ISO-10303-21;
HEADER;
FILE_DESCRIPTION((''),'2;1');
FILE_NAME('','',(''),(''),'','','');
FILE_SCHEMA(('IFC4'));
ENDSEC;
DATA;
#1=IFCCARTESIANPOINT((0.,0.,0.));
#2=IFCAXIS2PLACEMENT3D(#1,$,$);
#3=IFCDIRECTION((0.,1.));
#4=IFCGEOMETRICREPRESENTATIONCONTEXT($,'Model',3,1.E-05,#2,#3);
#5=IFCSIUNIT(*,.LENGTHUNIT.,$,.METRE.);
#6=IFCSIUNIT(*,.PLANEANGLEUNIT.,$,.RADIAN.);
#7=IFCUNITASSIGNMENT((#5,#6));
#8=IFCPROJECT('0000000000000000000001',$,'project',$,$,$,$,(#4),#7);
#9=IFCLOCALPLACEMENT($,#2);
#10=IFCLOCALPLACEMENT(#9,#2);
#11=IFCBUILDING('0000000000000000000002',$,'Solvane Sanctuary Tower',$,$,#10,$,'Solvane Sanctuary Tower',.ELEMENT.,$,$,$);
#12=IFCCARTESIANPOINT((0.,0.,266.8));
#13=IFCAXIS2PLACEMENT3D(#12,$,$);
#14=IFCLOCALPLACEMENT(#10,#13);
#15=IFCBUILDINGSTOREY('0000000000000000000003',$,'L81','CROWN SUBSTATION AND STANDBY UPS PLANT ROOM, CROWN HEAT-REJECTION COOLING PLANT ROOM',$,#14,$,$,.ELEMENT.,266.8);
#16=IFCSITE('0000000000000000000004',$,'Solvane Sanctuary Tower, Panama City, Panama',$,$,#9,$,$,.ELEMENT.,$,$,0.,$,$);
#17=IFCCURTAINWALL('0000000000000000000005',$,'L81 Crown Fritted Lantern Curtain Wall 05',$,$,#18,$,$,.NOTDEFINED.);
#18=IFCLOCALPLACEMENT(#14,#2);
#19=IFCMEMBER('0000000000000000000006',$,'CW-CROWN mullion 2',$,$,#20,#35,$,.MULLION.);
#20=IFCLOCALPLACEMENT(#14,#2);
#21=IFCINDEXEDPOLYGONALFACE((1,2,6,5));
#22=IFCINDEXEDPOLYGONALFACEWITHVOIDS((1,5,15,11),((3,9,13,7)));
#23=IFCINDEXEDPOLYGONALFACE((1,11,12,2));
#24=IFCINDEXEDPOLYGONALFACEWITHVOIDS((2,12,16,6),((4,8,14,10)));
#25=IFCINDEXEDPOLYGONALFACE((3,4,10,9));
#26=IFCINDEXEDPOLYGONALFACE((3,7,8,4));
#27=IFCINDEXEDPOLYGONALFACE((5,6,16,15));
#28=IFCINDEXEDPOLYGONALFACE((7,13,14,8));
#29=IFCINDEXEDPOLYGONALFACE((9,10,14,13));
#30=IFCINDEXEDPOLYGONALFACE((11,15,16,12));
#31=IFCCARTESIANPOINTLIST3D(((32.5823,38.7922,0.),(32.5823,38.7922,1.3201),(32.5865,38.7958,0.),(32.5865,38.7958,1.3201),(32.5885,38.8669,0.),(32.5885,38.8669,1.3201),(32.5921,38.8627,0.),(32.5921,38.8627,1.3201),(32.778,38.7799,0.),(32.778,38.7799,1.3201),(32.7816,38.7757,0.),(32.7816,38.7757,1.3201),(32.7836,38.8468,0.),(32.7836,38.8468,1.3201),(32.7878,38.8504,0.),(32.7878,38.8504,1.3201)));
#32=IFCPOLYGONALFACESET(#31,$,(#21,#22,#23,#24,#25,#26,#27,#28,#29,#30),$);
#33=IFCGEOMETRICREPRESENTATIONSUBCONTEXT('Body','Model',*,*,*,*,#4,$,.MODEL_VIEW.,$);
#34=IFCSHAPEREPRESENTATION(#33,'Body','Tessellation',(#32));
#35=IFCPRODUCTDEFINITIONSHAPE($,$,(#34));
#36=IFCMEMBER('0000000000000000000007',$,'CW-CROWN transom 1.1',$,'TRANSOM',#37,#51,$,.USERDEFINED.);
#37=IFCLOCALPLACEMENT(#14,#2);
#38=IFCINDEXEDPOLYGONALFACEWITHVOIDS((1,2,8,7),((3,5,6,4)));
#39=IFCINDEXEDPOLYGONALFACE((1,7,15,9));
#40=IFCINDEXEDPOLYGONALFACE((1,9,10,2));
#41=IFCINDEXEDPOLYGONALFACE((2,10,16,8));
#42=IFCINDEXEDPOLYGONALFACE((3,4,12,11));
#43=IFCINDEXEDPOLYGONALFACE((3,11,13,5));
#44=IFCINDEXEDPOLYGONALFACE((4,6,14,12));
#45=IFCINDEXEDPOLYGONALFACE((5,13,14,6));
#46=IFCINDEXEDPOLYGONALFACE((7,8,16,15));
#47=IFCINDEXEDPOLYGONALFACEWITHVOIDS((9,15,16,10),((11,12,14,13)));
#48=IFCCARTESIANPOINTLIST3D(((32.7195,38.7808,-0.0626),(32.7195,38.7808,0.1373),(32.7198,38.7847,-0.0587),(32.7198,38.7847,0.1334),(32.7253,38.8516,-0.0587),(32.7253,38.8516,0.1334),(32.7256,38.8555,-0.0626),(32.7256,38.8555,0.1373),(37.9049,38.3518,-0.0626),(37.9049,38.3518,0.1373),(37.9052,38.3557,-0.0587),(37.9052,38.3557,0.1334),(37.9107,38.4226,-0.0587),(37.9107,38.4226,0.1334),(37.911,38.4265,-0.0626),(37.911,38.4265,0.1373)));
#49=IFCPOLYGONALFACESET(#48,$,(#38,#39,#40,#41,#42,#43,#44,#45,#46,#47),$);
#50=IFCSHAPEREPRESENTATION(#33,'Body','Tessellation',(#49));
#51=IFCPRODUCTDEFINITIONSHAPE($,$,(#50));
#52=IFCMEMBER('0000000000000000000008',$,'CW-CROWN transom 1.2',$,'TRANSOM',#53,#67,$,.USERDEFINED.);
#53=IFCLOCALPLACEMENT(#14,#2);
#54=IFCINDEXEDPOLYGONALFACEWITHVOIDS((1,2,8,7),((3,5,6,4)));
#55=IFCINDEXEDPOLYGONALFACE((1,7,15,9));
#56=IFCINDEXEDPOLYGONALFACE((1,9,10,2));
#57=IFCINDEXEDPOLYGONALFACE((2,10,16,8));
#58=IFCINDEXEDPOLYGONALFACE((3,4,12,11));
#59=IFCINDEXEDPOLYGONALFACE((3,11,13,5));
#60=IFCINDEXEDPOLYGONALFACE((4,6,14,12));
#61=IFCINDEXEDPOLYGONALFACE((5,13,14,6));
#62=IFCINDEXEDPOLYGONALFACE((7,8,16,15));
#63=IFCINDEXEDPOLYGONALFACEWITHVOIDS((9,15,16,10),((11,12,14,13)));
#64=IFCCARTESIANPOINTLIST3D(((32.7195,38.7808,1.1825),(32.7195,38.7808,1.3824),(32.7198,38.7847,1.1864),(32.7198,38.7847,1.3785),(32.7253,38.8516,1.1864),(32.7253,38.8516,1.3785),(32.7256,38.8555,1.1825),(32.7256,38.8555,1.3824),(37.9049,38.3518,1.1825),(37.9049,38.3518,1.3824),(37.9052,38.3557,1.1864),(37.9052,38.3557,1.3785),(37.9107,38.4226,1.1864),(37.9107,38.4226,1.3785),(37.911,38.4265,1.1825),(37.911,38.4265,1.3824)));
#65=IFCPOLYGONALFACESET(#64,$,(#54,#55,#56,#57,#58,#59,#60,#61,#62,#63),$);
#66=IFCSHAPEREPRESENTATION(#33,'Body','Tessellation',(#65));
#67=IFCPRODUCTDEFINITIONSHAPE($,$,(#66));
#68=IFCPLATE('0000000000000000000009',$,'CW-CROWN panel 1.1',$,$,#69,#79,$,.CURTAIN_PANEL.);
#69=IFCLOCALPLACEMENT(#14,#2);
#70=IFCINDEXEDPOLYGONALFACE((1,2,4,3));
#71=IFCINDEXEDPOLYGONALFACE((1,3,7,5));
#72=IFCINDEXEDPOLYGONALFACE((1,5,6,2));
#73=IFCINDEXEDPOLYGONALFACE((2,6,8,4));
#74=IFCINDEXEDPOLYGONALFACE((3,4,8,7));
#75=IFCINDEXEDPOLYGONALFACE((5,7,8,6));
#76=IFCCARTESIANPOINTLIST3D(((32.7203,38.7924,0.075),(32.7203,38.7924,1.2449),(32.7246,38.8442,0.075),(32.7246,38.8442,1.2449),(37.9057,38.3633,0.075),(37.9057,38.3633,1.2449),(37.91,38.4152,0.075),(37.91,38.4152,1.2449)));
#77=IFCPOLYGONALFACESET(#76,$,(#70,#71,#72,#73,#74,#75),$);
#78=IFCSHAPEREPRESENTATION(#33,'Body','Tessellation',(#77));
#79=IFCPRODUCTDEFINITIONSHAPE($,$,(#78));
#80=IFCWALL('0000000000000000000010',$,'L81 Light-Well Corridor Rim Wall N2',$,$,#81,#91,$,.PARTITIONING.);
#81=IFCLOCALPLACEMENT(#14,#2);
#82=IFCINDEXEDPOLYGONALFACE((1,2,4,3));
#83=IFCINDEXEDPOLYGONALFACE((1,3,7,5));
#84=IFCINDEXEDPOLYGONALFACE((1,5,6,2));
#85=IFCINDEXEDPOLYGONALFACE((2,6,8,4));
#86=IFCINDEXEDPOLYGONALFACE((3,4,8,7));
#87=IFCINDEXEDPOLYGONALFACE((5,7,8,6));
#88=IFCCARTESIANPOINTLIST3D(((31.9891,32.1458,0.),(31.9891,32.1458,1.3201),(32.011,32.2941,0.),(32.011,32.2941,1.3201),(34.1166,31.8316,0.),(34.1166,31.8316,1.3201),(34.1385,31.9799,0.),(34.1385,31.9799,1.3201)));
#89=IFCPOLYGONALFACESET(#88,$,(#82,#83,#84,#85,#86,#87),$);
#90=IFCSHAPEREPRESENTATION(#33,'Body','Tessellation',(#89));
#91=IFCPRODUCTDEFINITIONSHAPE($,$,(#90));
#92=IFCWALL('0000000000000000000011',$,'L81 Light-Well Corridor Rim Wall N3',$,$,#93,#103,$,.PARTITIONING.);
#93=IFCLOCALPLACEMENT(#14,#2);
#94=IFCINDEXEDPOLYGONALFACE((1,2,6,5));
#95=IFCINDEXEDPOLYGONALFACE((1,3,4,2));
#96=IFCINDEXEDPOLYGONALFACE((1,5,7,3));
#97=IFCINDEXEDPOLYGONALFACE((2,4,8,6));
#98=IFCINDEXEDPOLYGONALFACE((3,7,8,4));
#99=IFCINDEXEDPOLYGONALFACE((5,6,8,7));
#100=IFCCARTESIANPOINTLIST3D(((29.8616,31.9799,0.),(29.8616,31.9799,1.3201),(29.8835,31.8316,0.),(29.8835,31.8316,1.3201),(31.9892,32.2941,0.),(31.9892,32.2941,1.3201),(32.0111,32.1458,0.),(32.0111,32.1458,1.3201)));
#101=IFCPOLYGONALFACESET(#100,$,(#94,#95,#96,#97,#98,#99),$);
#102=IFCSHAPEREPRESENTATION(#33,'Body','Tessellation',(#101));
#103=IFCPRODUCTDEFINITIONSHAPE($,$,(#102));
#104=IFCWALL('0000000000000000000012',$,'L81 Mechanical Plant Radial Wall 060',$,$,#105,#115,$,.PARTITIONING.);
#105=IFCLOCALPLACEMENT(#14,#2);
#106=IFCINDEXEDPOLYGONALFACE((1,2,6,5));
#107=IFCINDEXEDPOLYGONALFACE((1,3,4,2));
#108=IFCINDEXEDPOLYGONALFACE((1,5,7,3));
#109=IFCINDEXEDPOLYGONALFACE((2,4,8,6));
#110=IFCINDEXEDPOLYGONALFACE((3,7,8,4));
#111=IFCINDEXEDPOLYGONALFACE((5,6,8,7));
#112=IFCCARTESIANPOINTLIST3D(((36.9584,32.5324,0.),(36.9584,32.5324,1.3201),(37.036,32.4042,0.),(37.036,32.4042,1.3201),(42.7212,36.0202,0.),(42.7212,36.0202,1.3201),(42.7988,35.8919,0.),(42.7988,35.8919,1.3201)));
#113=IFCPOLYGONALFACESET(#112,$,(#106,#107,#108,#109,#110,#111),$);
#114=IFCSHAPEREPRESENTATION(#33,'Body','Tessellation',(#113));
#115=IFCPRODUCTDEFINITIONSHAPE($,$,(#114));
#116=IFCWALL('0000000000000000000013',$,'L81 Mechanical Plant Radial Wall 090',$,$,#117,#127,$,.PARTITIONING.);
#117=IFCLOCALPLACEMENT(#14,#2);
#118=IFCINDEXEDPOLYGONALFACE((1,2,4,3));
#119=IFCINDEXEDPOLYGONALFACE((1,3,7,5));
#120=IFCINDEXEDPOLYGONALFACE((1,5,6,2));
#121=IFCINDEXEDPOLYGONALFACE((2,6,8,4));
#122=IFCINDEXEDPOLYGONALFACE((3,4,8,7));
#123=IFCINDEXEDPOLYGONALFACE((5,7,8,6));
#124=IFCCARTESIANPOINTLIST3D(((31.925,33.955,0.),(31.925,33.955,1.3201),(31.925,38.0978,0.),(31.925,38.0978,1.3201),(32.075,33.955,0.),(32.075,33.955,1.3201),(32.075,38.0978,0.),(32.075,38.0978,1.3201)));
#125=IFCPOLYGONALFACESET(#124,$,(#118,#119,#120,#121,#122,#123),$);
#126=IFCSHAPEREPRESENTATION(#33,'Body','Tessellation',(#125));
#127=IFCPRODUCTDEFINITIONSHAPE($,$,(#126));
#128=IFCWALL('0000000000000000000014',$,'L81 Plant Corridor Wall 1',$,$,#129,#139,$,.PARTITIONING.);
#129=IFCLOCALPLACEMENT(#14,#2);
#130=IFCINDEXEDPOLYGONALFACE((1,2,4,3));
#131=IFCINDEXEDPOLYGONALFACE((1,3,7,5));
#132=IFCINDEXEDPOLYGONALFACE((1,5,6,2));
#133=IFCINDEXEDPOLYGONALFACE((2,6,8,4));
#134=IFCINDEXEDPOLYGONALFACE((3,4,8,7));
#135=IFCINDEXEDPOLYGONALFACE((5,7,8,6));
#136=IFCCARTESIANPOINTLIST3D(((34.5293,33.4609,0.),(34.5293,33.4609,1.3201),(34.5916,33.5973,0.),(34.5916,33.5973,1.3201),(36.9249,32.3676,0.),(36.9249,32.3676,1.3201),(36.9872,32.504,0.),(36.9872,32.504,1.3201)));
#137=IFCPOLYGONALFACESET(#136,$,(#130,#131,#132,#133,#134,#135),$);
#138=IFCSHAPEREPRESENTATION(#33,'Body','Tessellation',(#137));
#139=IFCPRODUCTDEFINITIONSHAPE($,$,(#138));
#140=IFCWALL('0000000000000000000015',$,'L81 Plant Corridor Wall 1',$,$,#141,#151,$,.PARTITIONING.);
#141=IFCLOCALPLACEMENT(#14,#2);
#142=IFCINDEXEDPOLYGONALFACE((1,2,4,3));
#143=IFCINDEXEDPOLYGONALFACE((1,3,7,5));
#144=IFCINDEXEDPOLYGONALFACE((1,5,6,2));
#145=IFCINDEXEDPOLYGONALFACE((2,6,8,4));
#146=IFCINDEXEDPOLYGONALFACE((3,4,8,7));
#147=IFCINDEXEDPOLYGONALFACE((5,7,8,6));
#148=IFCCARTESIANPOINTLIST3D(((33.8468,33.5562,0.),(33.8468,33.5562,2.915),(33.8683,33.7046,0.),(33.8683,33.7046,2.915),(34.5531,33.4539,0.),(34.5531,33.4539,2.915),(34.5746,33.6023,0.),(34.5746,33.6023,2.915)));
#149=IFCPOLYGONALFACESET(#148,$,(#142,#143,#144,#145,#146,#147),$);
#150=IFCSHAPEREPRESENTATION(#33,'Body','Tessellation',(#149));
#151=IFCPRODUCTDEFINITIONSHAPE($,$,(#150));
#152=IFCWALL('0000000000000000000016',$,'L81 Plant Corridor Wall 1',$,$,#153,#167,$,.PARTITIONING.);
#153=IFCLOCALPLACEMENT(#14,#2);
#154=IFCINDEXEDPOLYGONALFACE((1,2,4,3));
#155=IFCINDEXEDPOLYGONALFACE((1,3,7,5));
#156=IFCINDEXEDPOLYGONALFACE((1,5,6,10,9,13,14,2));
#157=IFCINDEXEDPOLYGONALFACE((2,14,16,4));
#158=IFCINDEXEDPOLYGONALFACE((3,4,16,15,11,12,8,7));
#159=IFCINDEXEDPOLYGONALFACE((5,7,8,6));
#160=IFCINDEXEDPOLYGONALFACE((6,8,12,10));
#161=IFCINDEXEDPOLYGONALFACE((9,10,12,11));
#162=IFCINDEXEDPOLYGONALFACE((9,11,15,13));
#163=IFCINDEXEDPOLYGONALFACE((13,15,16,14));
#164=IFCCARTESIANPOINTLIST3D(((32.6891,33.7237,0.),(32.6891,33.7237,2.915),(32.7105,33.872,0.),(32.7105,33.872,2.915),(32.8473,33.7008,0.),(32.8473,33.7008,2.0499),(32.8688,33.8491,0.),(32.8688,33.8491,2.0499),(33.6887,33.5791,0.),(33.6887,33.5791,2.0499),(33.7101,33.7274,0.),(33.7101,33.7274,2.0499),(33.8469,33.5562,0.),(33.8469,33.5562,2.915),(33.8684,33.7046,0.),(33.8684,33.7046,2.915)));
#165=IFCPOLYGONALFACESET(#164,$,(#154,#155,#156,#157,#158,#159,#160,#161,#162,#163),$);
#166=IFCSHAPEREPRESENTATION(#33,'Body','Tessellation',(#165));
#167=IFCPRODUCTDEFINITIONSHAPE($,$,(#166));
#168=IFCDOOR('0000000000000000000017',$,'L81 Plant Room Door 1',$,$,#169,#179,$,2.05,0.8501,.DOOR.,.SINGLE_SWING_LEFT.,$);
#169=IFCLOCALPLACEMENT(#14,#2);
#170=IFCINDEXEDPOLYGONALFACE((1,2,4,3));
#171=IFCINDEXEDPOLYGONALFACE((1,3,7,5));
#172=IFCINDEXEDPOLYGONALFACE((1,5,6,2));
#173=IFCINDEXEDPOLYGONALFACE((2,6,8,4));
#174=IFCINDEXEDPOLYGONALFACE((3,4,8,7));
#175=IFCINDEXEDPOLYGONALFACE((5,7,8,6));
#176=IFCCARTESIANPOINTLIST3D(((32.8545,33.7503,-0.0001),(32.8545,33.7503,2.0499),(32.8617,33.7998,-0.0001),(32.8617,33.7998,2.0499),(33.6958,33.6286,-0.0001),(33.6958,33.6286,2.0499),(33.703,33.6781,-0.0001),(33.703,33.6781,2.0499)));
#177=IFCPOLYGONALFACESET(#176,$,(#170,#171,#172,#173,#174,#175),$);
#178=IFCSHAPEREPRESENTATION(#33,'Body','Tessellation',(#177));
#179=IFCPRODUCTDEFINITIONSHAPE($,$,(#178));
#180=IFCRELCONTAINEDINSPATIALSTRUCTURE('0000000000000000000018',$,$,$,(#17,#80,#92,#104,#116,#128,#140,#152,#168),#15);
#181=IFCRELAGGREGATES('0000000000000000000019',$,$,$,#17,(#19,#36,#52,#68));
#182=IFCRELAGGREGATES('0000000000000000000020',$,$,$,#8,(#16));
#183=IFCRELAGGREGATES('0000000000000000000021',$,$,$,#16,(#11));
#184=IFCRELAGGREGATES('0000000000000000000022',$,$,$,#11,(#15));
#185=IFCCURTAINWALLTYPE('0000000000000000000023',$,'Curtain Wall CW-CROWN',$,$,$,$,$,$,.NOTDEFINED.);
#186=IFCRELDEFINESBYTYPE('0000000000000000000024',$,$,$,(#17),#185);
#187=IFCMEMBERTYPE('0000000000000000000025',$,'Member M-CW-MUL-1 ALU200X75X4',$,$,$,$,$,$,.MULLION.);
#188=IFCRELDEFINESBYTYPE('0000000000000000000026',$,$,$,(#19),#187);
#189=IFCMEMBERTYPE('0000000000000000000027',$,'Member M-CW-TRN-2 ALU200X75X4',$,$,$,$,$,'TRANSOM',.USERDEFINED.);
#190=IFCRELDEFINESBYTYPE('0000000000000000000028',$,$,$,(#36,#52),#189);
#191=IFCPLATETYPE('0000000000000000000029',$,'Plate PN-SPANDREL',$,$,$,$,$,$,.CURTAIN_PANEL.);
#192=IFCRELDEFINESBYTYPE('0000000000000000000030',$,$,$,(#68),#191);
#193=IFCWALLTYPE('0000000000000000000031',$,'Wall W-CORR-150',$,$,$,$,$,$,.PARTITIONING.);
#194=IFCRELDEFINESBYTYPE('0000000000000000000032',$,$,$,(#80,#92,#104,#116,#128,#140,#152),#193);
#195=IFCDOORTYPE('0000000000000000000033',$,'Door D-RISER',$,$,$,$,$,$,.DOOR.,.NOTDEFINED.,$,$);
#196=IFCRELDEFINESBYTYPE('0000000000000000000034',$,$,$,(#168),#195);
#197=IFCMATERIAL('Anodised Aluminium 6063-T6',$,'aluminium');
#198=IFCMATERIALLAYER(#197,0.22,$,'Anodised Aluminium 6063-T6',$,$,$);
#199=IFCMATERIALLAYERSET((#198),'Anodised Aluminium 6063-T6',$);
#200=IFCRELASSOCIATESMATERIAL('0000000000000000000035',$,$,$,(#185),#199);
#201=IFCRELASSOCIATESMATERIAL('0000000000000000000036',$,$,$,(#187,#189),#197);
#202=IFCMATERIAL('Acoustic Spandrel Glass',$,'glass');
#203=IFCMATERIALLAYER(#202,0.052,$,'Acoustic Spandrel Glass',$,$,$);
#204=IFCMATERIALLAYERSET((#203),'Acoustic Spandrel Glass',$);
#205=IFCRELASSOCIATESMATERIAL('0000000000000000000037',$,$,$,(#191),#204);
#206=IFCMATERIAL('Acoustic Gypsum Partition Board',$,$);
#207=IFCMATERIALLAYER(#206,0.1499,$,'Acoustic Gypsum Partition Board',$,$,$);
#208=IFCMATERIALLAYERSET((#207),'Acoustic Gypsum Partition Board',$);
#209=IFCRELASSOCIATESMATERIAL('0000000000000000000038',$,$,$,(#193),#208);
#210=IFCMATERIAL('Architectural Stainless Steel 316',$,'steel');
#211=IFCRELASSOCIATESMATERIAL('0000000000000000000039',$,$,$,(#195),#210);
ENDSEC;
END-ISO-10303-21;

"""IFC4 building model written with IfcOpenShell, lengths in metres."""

from ifc_helpers import new_model, si_unit, direction, frame, frame_2d, origin, origin_2d, place, context, subcontext, project, spatial, rectangle, hollow_rectangle, extrude, material, layer, layer_set, material_profile, profile_set, type_object, element, fill, aggregate, save


model = new_model("IFC4")

# Units and contexts
model_context = context("Model", 3, precision=1e-05, world=origin(), true_north=direction((0.0, 1.0)))
body_context = subcontext(model_context, "Body", "Model", "MODEL_VIEW")
ifc_project = project(units=[si_unit("LENGTHUNIT", "METRE"), si_unit("PLANEANGLEUNIT", "RADIAN")], contexts=[model_context])

# Site, building, storey
site_placement = place(None, origin())
site = spatial("IfcSite", under=ifc_project, at=site_placement, Name="Solvane Sanctuary Tower, Panama City, Panama", CompositionType="ELEMENT", RefElevation=0.0)
building_placement = place(site_placement, origin())
building = spatial("IfcBuilding", under=site, at=building_placement, Name="Solvane Sanctuary Tower", LongName="Solvane Sanctuary Tower", CompositionType="ELEMENT")
storey_placement = place(building_placement, frame((0.0, 0.0, 266.8)))
storey = spatial("IfcBuildingStorey", under=building, at=storey_placement, Name="L81", Description="CROWN SUBSTATION AND STANDBY UPS PLANT ROOM, CROWN HEAT-REJECTION COOLING PLANT ROOM", CompositionType="ELEMENT", Elevation=266.8)

# Curtain wall, members, plate
ifc_material_1 = material(Name="Anodised Aluminium 6063-T6", Category="aluminium")
ifc_layer_1 = layer(ifc_material_1, 0.22, Name="Anodised Aluminium 6063-T6")
ifc_layer_set_1 = layer_set([ifc_layer_1], Name="Anodised Aluminium 6063-T6")
curtain_wall_type = type_object("IfcCurtainWallType", Name="Curtain Wall CW-CROWN", PredefinedType="NOTDEFINED", material=ifc_layer_set_1)
curtain_wall_placement = place(storey_placement, origin())
curtain_wall = element("IfcCurtainWall", 1, at=curtain_wall_placement, inside=storey, type_object=curtain_wall_type, Name="L81 Crown Fritted Lantern Curtain Wall 05", PredefinedType="NOTDEFINED")
ifc_material_profile_1 = material_profile(ifc_material_1, hollow_rectangle(XDim=0.075, YDim=0.2, WallThickness=0.0039, at=origin_2d()), Name="ALU200X75X4")
ifc_profile_set_1 = profile_set([ifc_material_profile_1], Name="Anodised Aluminium 6063-T6")
member_type_1 = type_object("IfcMemberType", Name="Member M-CW-MUL-1 ALU200X75X4", PredefinedType="MULLION", material=ifc_profile_set_1)
member_1_placement = place(storey_placement, frame((32.6851, 38.8213, 0.0), z_axis=(0.0, 0.0, 1.0), x_axis=(-0.082455, -0.996595, 0.0)))
member_1 = element("IfcMember", 2, at=member_1_placement, type_object=member_type_1, Name="CW-CROWN mullion 2", PredefinedType="MULLION", context=body_context, shape_type="SweptSolid", body=[
    extrude(hollow_rectangle(XDim=0.075, YDim=0.2, WallThickness=0.0039, at=origin_2d()), origin(), (0.0, 0.0, 1.0), 1.3201),
])
ifc_material_profile_2 = material_profile(ifc_material_1, hollow_rectangle(XDim=0.075, YDim=0.2, WallThickness=0.0039, at=origin_2d()), Name="ALU200X75X4")
ifc_profile_set_2 = profile_set([ifc_material_profile_2], Name="Anodised Aluminium 6063-T6")
member_type_2 = type_object("IfcMemberType", Name="Member M-CW-TRN-2 ALU200X75X4", ElementType="TRANSOM", PredefinedType="USERDEFINED", material=ifc_profile_set_2)
member_2_placement = place(storey_placement, frame((37.908, 38.3892, 0.0374), z_axis=(-0.996596, 0.082444, 0.0), x_axis=(-0.082444, -0.996596, 0.0)))
member_2 = element("IfcMember", 3, at=member_2_placement, type_object=member_type_2, Name="CW-CROWN transom 1.1", ObjectType="TRANSOM", PredefinedType="USERDEFINED", context=body_context, shape_type="SweptSolid", body=[
    extrude(hollow_rectangle(XDim=0.075, YDim=0.2, WallThickness=0.0039, at=origin_2d()), origin(), (0.0, 0.0, 1.0), 5.2031),
])
member_3_placement = place(storey_placement, frame((37.908, 38.3892, 1.2825), z_axis=(-0.996596, 0.082444, 0.0), x_axis=(-0.082444, -0.996596, 0.0)))
member_3 = element("IfcMember", 4, at=member_3_placement, type_object=member_type_2, Name="CW-CROWN transom 1.2", ObjectType="TRANSOM", PredefinedType="USERDEFINED", context=body_context, shape_type="SweptSolid", body=[
    extrude(hollow_rectangle(XDim=0.075, YDim=0.2, WallThickness=0.0039, at=origin_2d()), origin(), (0.0, 0.0, 1.0), 5.2031),
])
ifc_material_2 = material(Name="Acoustic Spandrel Glass", Category="glass")
ifc_layer_2 = layer(ifc_material_2, 0.052, Name="Acoustic Spandrel Glass")
ifc_layer_set_2 = layer_set([ifc_layer_2], Name="Acoustic Spandrel Glass")
plate_type = type_object("IfcPlateType", Name="Plate PN-SPANDREL", PredefinedType="CURTAIN_PANEL", material=ifc_layer_set_2)
plate_placement = place(storey_placement, frame((35.3152, 38.6038, 0.075), z_axis=(0.0, 0.0, 1.0), x_axis=(-0.996595, 0.082455, 0.0)))
plate = element("IfcPlate", 5, at=plate_placement, type_object=plate_type, Name="CW-CROWN panel 1.1", PredefinedType="CURTAIN_PANEL", context=body_context, shape_type="SweptSolid", body=[
    extrude(rectangle(XDim=5.2031, YDim=0.052, at=origin_2d()), origin(), (0.0, 0.0, 1.0), 1.1699),
])
aggregate(curtain_wall, [member_1, member_2, member_3, plate])

# Walls
ifc_material_3 = material(Name="Acoustic Gypsum Partition Board")
ifc_layer_3 = layer(ifc_material_3, 0.1499, Name="Acoustic Gypsum Partition Board")
ifc_layer_set_3 = layer_set([ifc_layer_3], Name="Acoustic Gypsum Partition Board")
wall_type_1 = type_object("IfcWallType", Name="Wall W-CORR-150", PredefinedType="PARTITIONING", material=ifc_layer_set_3)
for number, where, z_axis, x_axis, name in (
    (6, (34.1274, 31.9058, 0.0), (0.0, 0.0, 1.0), (-0.989269, 0.146108, 0.0), "L81 Light-Well Corridor Rim Wall N2"),
    (7, (32.0, 32.22, 0.0), (0.0, 0.0, 1.0), (-0.989269, -0.146108, 0.0), "L81 Light-Well Corridor Rim Wall N3"),
):
    element("IfcWall", number, at=place(storey_placement, frame(where, z_axis=z_axis, x_axis=x_axis)), inside=storey, type_object=wall_type_1, Name=name, PredefinedType="PARTITIONING", context=body_context, shape_type="SweptSolid", body=[
        extrude(rectangle(XDim=2.1506, YDim=0.1499, at=frame_2d((1.0752, 0.0))), origin(), (0.0, 0.0, 1.0), 1.3201),
    ])
wall_1_placement = place(storey_placement, frame((36.9971, 32.4683, 0.0), z_axis=(0.0, 0.0, 1.0), x_axis=(0.85552, 0.51777, 0.0)))
element("IfcWall", 8, at=wall_1_placement, inside=storey, type_object=wall_type_1, Name="L81 Mechanical Plant Radial Wall 060", PredefinedType="PARTITIONING", context=body_context, shape_type="SweptSolid", body=[
    extrude(rectangle(XDim=6.7361, YDim=0.1499, at=frame_2d((3.3682, 0.0))), origin(), (0.0, 0.0, 1.0), 1.3201),
])
wall_2_placement = place(storey_placement, frame((32.0, 33.9551, 0.0), z_axis=(0.0, 0.0, 1.0), x_axis=(0.0, 1.0, 0.0)))
element("IfcWall", 9, at=wall_2_placement, inside=storey, type_object=wall_type_1, Name="L81 Mechanical Plant Radial Wall 090", PredefinedType="PARTITIONING", context=body_context, shape_type="SweptSolid", body=[
    extrude(rectangle(XDim=4.1428, YDim=0.1499, at=frame_2d((2.0713, 0.0))), origin(), (0.0, 0.0, 1.0), 1.3201),
])
wall_3_placement = place(storey_placement, frame((36.9561, 32.4358, 0.0), z_axis=(0.0, 0.0, 1.0), x_axis=(-0.909737, 0.415186, 0.0)))
element("IfcWall", 10, at=wall_3_placement, inside=storey, type_object=wall_type_1, Name="L81 Plant Corridor Wall 1", PredefinedType="PARTITIONING", context=body_context, shape_type="SweptSolid", body=[
    extrude(rectangle(XDim=2.6333, YDim=0.1499, at=frame_2d((1.3167, 0.0))), origin(), (0.0, 0.0, 1.0), 1.3201),
])
wall_4_placement = place(storey_placement, frame((34.564, 33.5281, 0.0), z_axis=(0.0, 0.0, 1.0), x_axis=(-0.989674, 0.143337, 0.0)))
element("IfcWall", 11, at=wall_4_placement, inside=storey, type_object=wall_type_1, Name="L81 Plant Corridor Wall 1", PredefinedType="PARTITIONING", context=body_context, shape_type="SweptSolid", body=[
    extrude(rectangle(XDim=0.7136, YDim=0.1499, at=frame_2d((0.3569, 0.0))), origin(), (0.0, 0.0, 1.0), 2.915),
])

# Wall, opening, door
wall_5_placement = place(storey_placement, frame((33.8577, 33.6304, 0.0), z_axis=(0.0, 0.0, 1.0), x_axis=(-0.989702, 0.143145, 0.0)))
wall_5 = element("IfcWall", 12, at=wall_5_placement, inside=storey, type_object=wall_type_1, Name="L81 Plant Corridor Wall 1", PredefinedType="PARTITIONING", context=body_context, shape_type="SweptSolid", body=[
    extrude(rectangle(XDim=1.1699, YDim=0.1499, at=frame_2d((0.585, 0.0))), origin(), (0.0, 0.0, 1.0), 2.915),
])
opening_placement = place(wall_5_placement, frame((0.1599, 0.0, 0.0)))
opening = element("IfcOpeningElement", 13, at=opening_placement, cuts=wall_5, PredefinedType="OPENING", context=body_context, shape_type="SweptSolid", body=[
    extrude(rectangle(XDim=0.8501, YDim=2.05, at=frame_2d((0.425, 1.0249))), frame((0.0, 0.085, 0.0), z_axis=(0.0, -1.0, 0.0), x_axis=(1.0, 0.0, 0.0)), (0.0, 0.0, 1.0), 0.1699),
])
ifc_material_4 = material(Name="Architectural Stainless Steel 316", Category="steel")
door_type = type_object("IfcDoorType", Name="Door D-RISER", OperationType="NOTDEFINED", PredefinedType="DOOR", material=ifc_material_4)
door_placement = place(opening_placement, origin())
door = element("IfcDoor", 14, at=door_placement, inside=storey, type_object=door_type, Name="L81 Plant Room Door 1", OperationType="SINGLE_SWING_LEFT", OverallHeight=2.05, OverallWidth=0.8501, PredefinedType="DOOR", context=body_context, shape_type="SweptSolid", body=[
    extrude(rectangle(XDim=0.8501, YDim=2.05, at=frame_2d((0.425, 1.0249))), frame((0.0, 0.0249, 0.0), z_axis=(0.0, -1.0, 0.0), x_axis=(1.0, 0.0, 0.0)), (0.0, 0.0, 1.0), 0.05),
])
fill(opening, door)

save(model, "model.ifc")
